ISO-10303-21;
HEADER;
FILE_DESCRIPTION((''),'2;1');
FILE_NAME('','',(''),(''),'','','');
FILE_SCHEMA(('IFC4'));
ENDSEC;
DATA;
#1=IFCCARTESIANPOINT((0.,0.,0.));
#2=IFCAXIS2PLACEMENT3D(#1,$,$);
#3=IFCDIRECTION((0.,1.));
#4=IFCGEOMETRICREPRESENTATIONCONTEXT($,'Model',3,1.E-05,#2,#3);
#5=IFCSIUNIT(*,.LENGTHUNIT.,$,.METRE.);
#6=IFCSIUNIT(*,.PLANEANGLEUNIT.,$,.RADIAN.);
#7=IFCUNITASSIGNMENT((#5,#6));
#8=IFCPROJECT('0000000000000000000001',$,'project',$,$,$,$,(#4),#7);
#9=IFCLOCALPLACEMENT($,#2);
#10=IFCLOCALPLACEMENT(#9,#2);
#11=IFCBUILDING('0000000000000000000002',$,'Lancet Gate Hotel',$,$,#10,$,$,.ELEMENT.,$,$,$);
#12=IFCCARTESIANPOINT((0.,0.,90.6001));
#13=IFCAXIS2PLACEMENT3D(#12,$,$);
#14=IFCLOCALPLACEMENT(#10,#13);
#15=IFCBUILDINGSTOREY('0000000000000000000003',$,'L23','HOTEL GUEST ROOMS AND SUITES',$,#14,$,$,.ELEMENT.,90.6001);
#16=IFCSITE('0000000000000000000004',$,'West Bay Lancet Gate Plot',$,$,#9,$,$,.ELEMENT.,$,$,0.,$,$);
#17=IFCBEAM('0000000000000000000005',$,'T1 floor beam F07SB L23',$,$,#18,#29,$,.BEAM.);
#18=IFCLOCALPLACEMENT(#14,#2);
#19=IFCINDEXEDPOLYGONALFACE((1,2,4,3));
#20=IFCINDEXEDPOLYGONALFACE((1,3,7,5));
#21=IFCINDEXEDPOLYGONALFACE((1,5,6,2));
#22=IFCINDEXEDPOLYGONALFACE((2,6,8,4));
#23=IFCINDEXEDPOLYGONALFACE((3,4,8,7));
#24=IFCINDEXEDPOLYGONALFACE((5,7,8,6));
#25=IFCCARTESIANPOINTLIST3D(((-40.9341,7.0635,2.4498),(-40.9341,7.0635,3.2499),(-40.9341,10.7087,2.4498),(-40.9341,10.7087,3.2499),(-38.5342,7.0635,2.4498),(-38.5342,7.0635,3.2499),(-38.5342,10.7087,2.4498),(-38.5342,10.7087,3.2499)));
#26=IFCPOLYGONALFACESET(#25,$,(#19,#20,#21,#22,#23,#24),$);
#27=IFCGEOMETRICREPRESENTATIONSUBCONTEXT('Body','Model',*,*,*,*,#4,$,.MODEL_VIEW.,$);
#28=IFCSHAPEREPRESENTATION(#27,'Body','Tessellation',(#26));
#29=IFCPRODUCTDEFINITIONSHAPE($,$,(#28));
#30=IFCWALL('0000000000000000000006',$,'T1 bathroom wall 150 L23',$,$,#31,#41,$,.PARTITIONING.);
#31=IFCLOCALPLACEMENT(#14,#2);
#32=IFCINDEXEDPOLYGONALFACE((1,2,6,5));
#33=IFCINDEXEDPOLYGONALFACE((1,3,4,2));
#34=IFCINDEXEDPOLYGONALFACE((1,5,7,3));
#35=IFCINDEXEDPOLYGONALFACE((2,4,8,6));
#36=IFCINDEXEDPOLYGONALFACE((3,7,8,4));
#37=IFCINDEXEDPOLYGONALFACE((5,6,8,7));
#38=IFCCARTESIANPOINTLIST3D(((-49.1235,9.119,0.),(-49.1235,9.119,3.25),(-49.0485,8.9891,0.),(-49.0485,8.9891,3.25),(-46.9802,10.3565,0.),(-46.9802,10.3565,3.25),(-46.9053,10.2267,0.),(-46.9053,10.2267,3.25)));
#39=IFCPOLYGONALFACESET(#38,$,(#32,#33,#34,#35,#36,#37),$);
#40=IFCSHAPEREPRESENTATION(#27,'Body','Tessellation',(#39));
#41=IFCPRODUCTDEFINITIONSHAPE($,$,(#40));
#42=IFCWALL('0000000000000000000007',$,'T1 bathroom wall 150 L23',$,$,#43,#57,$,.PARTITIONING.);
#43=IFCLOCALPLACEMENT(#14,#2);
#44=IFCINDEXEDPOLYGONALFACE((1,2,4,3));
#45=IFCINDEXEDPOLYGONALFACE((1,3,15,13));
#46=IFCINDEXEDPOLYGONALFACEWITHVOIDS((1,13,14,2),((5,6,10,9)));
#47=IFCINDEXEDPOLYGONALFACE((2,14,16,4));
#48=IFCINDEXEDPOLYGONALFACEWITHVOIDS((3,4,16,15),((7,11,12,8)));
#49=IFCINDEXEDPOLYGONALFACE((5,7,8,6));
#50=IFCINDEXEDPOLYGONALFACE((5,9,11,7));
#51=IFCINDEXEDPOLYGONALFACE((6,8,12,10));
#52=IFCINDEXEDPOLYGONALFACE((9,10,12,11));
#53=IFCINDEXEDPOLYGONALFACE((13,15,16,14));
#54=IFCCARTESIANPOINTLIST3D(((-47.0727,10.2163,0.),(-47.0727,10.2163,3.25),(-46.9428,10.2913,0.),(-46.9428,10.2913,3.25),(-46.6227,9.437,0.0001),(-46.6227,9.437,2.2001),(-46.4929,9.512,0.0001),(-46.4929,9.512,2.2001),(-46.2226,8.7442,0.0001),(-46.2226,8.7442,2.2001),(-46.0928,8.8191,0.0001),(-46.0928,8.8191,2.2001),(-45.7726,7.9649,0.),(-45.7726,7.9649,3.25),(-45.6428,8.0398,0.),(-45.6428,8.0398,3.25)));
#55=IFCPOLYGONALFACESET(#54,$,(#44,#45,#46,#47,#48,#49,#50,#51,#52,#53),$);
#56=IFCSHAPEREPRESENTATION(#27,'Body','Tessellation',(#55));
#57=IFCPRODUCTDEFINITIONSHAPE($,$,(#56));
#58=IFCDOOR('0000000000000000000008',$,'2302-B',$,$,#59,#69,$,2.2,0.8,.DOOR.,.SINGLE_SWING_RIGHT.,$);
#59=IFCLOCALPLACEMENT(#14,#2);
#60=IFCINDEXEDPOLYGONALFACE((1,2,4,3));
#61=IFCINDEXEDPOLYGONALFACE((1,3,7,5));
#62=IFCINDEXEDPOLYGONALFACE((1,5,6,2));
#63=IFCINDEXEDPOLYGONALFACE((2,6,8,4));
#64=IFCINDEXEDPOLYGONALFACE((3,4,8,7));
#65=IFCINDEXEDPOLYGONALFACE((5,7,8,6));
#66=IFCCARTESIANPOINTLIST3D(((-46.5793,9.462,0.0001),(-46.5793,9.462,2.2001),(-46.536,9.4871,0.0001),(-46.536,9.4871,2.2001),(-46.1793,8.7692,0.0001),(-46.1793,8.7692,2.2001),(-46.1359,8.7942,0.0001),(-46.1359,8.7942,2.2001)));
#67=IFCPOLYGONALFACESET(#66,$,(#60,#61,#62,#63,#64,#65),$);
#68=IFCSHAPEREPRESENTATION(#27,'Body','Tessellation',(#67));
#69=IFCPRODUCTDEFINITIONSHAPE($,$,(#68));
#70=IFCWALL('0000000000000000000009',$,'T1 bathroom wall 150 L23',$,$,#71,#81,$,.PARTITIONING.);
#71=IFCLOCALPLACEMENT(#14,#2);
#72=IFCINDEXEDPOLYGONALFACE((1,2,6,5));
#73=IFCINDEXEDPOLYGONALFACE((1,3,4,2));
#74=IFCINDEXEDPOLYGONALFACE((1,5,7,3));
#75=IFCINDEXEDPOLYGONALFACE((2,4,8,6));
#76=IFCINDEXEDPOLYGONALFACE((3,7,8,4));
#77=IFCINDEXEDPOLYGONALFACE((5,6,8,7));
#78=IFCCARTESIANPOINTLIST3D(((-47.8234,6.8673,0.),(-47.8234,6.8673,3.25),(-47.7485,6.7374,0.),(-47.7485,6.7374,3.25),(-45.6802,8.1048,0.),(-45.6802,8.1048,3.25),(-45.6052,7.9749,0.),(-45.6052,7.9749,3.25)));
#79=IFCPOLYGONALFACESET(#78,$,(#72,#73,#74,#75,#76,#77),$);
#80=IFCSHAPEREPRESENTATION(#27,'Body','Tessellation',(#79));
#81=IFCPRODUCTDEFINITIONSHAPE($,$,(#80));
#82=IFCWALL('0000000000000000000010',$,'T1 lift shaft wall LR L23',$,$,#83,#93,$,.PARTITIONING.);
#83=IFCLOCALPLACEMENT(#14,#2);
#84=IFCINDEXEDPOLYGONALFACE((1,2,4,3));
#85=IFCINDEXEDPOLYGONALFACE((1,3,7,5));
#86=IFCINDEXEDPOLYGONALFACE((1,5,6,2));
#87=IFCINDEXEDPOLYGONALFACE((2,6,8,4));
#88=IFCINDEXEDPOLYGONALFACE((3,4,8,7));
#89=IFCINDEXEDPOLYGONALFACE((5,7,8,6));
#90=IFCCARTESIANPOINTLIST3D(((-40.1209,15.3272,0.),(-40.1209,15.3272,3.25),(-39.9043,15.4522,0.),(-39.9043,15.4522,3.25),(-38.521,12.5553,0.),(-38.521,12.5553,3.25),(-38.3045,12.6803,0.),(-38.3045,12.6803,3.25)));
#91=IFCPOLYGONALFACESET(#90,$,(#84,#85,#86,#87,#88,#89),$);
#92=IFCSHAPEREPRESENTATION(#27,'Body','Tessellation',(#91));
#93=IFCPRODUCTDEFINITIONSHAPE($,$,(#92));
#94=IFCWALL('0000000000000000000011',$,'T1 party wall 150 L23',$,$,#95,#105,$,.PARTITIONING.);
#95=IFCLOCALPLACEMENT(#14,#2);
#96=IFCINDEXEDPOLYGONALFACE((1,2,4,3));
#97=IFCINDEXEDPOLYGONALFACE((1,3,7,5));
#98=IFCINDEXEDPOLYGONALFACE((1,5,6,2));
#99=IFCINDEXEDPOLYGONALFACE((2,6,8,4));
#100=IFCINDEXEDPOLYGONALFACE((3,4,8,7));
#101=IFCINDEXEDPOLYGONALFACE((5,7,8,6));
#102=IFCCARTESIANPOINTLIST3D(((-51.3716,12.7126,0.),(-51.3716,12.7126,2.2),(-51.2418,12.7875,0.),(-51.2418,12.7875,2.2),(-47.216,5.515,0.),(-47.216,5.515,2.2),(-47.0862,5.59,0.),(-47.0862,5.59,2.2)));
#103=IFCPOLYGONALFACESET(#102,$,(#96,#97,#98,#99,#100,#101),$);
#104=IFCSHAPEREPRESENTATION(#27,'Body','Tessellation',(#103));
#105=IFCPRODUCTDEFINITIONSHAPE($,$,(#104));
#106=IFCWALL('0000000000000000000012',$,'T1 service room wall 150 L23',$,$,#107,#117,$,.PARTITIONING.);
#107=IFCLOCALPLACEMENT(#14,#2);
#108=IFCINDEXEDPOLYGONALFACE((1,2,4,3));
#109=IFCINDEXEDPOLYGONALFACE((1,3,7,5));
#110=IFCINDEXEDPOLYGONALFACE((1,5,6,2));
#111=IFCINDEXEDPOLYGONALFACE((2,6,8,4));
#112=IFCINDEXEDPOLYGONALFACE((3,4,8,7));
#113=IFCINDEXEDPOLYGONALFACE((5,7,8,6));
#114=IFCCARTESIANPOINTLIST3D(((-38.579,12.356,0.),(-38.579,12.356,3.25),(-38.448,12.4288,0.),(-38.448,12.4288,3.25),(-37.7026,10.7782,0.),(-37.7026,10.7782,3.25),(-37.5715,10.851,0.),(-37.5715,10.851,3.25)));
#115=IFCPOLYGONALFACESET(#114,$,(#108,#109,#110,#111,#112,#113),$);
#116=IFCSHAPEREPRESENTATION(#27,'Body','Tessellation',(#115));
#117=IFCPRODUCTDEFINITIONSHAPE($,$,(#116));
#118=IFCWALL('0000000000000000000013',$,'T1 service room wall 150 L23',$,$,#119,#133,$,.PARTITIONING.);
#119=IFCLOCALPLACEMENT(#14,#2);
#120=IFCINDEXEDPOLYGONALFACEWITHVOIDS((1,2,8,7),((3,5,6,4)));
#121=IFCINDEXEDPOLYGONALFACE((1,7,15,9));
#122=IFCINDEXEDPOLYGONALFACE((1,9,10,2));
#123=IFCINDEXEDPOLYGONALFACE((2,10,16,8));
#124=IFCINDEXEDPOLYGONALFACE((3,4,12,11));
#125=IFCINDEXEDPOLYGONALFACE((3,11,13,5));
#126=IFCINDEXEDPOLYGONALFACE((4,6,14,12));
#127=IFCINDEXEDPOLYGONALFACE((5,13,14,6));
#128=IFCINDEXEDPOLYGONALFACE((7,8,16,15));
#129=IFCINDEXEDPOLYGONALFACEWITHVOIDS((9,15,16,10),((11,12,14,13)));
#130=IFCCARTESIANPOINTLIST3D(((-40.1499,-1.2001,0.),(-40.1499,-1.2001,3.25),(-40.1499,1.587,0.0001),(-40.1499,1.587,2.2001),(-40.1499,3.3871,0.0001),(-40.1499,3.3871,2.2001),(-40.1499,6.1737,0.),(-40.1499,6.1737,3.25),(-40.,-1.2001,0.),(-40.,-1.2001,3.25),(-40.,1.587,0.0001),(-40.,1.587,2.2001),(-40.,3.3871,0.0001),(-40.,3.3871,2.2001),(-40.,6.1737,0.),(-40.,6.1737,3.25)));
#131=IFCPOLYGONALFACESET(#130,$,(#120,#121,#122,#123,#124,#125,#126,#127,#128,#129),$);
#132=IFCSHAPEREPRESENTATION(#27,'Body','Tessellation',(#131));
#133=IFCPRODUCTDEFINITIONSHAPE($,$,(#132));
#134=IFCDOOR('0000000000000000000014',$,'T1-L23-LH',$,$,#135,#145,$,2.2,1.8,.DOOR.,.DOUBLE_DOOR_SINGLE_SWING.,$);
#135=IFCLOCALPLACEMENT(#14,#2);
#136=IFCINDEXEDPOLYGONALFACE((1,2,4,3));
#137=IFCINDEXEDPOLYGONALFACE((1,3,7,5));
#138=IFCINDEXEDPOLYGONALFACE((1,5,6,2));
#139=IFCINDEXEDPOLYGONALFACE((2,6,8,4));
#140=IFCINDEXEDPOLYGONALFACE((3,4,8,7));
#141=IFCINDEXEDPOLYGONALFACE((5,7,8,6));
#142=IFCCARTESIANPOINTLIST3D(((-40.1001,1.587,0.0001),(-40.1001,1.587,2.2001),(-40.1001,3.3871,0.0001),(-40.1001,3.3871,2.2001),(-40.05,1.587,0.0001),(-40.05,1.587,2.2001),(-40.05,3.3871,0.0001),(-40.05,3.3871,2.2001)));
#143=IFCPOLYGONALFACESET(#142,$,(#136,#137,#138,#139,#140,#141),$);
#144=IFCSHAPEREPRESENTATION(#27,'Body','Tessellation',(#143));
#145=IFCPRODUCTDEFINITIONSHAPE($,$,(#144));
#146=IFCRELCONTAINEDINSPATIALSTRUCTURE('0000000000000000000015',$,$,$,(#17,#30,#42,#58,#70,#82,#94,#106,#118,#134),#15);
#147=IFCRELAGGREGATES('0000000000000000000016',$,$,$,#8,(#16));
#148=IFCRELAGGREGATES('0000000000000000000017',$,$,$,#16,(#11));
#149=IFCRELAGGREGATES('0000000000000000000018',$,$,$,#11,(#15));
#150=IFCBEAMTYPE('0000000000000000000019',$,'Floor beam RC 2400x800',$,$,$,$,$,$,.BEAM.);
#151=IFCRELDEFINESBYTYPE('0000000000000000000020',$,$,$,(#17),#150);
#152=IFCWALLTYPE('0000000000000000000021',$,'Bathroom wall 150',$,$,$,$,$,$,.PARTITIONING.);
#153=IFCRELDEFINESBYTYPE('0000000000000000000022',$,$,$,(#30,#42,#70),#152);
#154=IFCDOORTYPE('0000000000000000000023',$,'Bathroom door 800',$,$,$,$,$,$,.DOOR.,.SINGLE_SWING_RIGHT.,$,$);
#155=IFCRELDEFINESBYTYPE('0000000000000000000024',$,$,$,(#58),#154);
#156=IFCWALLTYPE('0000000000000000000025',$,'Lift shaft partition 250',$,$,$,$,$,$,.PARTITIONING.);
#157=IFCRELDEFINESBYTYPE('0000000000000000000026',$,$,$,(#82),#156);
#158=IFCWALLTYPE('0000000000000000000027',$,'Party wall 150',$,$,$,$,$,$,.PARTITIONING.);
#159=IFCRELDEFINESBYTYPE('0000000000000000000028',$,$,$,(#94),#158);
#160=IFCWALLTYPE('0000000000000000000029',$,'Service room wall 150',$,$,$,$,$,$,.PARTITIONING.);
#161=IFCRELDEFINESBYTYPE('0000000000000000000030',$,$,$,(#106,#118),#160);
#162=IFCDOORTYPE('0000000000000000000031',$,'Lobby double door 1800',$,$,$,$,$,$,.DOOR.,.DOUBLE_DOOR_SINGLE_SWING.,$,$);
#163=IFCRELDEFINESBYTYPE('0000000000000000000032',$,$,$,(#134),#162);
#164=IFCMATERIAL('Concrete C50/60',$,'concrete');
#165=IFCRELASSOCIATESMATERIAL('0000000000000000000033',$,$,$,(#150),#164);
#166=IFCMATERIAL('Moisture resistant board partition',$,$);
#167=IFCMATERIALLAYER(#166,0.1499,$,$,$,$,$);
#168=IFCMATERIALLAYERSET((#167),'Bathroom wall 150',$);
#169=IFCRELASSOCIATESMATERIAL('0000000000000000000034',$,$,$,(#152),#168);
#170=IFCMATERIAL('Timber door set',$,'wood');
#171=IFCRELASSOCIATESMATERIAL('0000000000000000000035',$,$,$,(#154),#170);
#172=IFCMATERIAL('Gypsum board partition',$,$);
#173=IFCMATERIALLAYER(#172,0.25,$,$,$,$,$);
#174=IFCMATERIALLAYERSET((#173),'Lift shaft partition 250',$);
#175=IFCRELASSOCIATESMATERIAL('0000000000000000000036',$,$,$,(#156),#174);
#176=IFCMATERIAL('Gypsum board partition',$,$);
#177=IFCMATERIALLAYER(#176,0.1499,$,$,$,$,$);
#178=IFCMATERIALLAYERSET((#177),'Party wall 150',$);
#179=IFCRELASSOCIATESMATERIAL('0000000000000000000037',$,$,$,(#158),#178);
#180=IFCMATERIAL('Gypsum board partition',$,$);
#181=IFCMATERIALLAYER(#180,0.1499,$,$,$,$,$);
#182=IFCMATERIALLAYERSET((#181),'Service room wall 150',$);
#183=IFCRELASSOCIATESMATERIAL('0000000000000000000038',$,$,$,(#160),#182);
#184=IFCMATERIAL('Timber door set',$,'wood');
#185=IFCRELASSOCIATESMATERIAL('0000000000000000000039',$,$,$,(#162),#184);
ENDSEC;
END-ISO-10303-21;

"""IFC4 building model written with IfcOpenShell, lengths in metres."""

from ifc_helpers import new_model, si_unit, direction, frame, frame_2d, origin, origin_2d, place, context, subcontext, project, spatial, rectangle, extrude, material, layer, layer_set, material_profile, profile_set, type_object, element, fill, save


model = new_model("IFC4")

# Units and contexts
model_context = context("Model", 3, precision=1e-05, world=origin(), true_north=direction((0.0, 1.0)))
body_context = subcontext(model_context, "Body", "Model", "MODEL_VIEW")
ifc_project = project(units=[si_unit("LENGTHUNIT", "METRE"), si_unit("PLANEANGLEUNIT", "RADIAN")], contexts=[model_context])

# Site, building, storey
site_placement = place(None, origin())
site = spatial("IfcSite", under=ifc_project, at=site_placement, Name="West Bay Lancet Gate Plot", CompositionType="ELEMENT", RefElevation=0.0)
building_placement = place(site_placement, origin())
building = spatial("IfcBuilding", under=site, at=building_placement, Name="Lancet Gate Hotel", CompositionType="ELEMENT")
storey_placement = place(building_placement, frame((0.0, 0.0, 90.6001)))
storey = spatial("IfcBuildingStorey", under=building, at=storey_placement, Name="L23", Description="HOTEL GUEST ROOMS AND SUITES", CompositionType="ELEMENT", Elevation=90.6001)

# Beam
ifc_material_1 = material(Name="Concrete C50/60", Category="concrete")
ifc_material_profile_1 = material_profile(ifc_material_1, rectangle(XDim=2.3999, YDim=0.8, at=origin_2d()), Name="RC 2400x800")
ifc_profile_set_1 = profile_set([ifc_material_profile_1], Name="Concrete C50/60")
beam_type_1 = type_object("IfcBeamType", Name="Floor beam RC 2400x800", PredefinedType="BEAM", material=ifc_profile_set_1)
beam_1_placement = place(storey_placement, frame((-39.7341, 10.7087, 2.8499), z_axis=(0.0, -1.0, 0.0), x_axis=(1.0, 0.0, 0.0)))
element("IfcBeam", 1, at=beam_1_placement, inside=storey, type_object=beam_type_1, Name="T1 floor beam F07SB L23", PredefinedType="BEAM", context=body_context, shape_type="SweptSolid", body=[
    extrude(rectangle(XDim=2.3999, YDim=0.8, at=origin_2d()), origin(), (0.0, 0.0, 1.0), 3.6453),
])

# Wall
ifc_material_2 = material(Name="Moisture resistant board partition")
ifc_layer_1 = layer(ifc_material_2, 0.1499)
ifc_layer_set_1 = layer_set([ifc_layer_1], Name="Bathroom wall 150")
wall_type_1 = type_object("IfcWallType", Name="Bathroom wall 150", PredefinedType="PARTITIONING", material=ifc_layer_set_1)
wall_1_placement = place(storey_placement, frame((-46.9429, 10.2915, 0.0), z_axis=(0.0, 0.0, 1.0), x_axis=(-0.866007, -0.500033, 0.0)))
element("IfcWall", 2, at=wall_1_placement, inside=storey, type_object=wall_type_1, Name="T1 bathroom wall 150 L23", PredefinedType="PARTITIONING", context=body_context, shape_type="SweptSolid", body=[
    extrude(rectangle(XDim=2.4749, YDim=0.1499, at=frame_2d((1.2373, 0.0))), origin(), (0.0, 0.0, 1.0), 3.25),
])

# Wall, opening, door
wall_2_placement = place(storey_placement, frame((-45.7078, 8.0024, 0.0), z_axis=(0.0, 0.0, 1.0), x_axis=(-0.500048, 0.865998, 0.0)))
wall_2 = element("IfcWall", 3, at=wall_2_placement, inside=storey, type_object=wall_type_1, Name="T1 bathroom wall 150 L23", PredefinedType="PARTITIONING", context=body_context, shape_type="SweptSolid", body=[
    extrude(rectangle(XDim=2.5999, YDim=0.1499, at=frame_2d((1.2998, 0.0))), origin(), (0.0, 0.0, 1.0), 3.25),
])
opening_1_placement = place(wall_2_placement, frame((0.8999, 0.0, 0.0)))
opening_1 = element("IfcOpeningElement", 4, at=opening_1_placement, cuts=wall_2, PredefinedType="OPENING", context=body_context, shape_type="SweptSolid", body=[
    extrude(rectangle(XDim=0.8, YDim=2.2, at=frame_2d((0.3999, 1.1001))), frame((0.0, 0.085, 0.0), z_axis=(0.0, -1.0, 0.0), x_axis=(1.0, 0.0, 0.0)), (0.0, 0.0, 1.0), 0.1699),
])
ifc_material_3 = material(Name="Timber door set", Category="wood")
door_type_1 = type_object("IfcDoorType", Name="Bathroom door 800", OperationType="SINGLE_SWING_RIGHT", PredefinedType="DOOR", material=ifc_material_3)
door_1_placement = place(opening_1_placement, origin())
door_1 = element("IfcDoor", 5, at=door_1_placement, inside=storey, type_object=door_type_1, Name="2302-B", OperationType="SINGLE_SWING_RIGHT", OverallHeight=2.2, OverallWidth=0.8, PredefinedType="DOOR", context=body_context, shape_type="SweptSolid", body=[
    extrude(rectangle(XDim=0.8, YDim=2.2, at=frame_2d((0.3999, 1.1001))), frame((0.0, 0.0249, 0.0), z_axis=(0.0, -1.0, 0.0), x_axis=(1.0, 0.0, 0.0)), (0.0, 0.0, 1.0), 0.05),
])
fill(opening_1, door_1)

# Walls
wall_3_placement = place(storey_placement, frame((-45.6428, 8.0398, 0.0), z_axis=(0.0, 0.0, 1.0), x_axis=(-0.866007, -0.500033, 0.0)))
element("IfcWall", 6, at=wall_3_placement, inside=storey, type_object=wall_type_1, Name="T1 bathroom wall 150 L23", PredefinedType="PARTITIONING", context=body_context, shape_type="SweptSolid", body=[
    extrude(rectangle(XDim=2.4749, YDim=0.1499, at=frame_2d((1.2373, 0.0))), origin(), (0.0, 0.0, 1.0), 3.25),
])
ifc_material_4 = material(Name="Gypsum board partition")
ifc_layer_2 = layer(ifc_material_4, 0.25)
ifc_layer_set_2 = layer_set([ifc_layer_2], Name="Lift shaft partition 250")
wall_type_2 = type_object("IfcWallType", Name="Lift shaft partition 250", PredefinedType="PARTITIONING", material=ifc_layer_set_2)
wall_4_placement = place(storey_placement, frame((-38.4128, 12.6179, 0.0), z_axis=(0.0, 0.0, 1.0), x_axis=(-0.499872, 0.866099, 0.0)))
element("IfcWall", 7, at=wall_4_placement, inside=storey, type_object=wall_type_2, Name="T1 lift shaft wall LR L23", PredefinedType="PARTITIONING", context=body_context, shape_type="SweptSolid", body=[
    extrude(rectangle(XDim=3.2004, YDim=0.25, at=frame_2d((1.6001, 0.0))), origin(), (0.0, 0.0, 1.0), 3.25),
])
ifc_material_5 = material(Name="Gypsum board partition")
ifc_layer_3 = layer(ifc_material_5, 0.1499)
ifc_layer_set_3 = layer_set([ifc_layer_3], Name="Party wall 150")
wall_type_3 = type_object("IfcWallType", Name="Party wall 150", PredefinedType="PARTITIONING", material=ifc_layer_set_3)
wall_5_placement = place(storey_placement, frame((-47.1511, 5.5525, 0.0), z_axis=(0.0, 0.0, 1.0), x_axis=(-0.500003, 0.866024, 0.0)))
element("IfcWall", 8, at=wall_5_placement, inside=storey, type_object=wall_type_3, Name="T1 party wall 150 L23", PredefinedType="PARTITIONING", context=body_context, shape_type="SweptSolid", body=[
    extrude(rectangle(XDim=8.311, YDim=0.1499, at=frame_2d((4.1555, 0.0))), origin(), (0.0, 0.0, 1.0), 2.2),
])
ifc_material_6 = material(Name="Gypsum board partition")
ifc_layer_4 = layer(ifc_material_6, 0.1499)
ifc_layer_set_4 = layer_set([ifc_layer_4], Name="Service room wall 150")
wall_type_4 = type_object("IfcWallType", Name="Service room wall 150", PredefinedType="PARTITIONING", material=ifc_layer_set_4)
wall_6_placement = place(storey_placement, frame((-38.5134, 12.3923, 0.0), z_axis=(0.0, 0.0, 1.0), x_axis=(0.485586, -0.874189, 0.0)))
element("IfcWall", 9, at=wall_6_placement, inside=storey, type_object=wall_type_4, Name="T1 service room wall 150 L23", PredefinedType="PARTITIONING", context=body_context, shape_type="SweptSolid", body=[
    extrude(rectangle(XDim=1.8049, YDim=0.1499, at=frame_2d((0.9023, 0.0))), origin(), (0.0, 0.0, 1.0), 3.25),
])

# Wall, opening, door
wall_7_placement = place(storey_placement, frame((-40.075, 6.1738, 0.0), z_axis=(0.0, 0.0, 1.0), x_axis=(0.0, -1.0, 0.0)))
wall_7 = element("IfcWall", 10, at=wall_7_placement, inside=storey, type_object=wall_type_4, Name="T1 service room wall 150 L23", PredefinedType="PARTITIONING", context=body_context, shape_type="SweptSolid", body=[
    extrude(rectangle(XDim=7.3738, YDim=0.1499, at=frame_2d((3.687, 0.0))), origin(), (0.0, 0.0, 1.0), 3.25),
])
opening_2_placement = place(wall_7_placement, frame((2.7869, 0.0, 0.0)))
opening_2 = element("IfcOpeningElement", 11, at=opening_2_placement, cuts=wall_7, PredefinedType="OPENING", context=body_context, shape_type="SweptSolid", body=[
    extrude(rectangle(XDim=1.8, YDim=2.2, at=frame_2d((0.8999, 1.1001))), frame((0.0, 0.085, 0.0), z_axis=(0.0, -1.0, 0.0), x_axis=(1.0, 0.0, 0.0)), (0.0, 0.0, 1.0), 0.1699),
])
ifc_material_7 = material(Name="Timber door set", Category="wood")
door_type_2 = type_object("IfcDoorType", Name="Lobby double door 1800", OperationType="DOUBLE_DOOR_SINGLE_SWING", PredefinedType="DOOR", material=ifc_material_7)
door_2_placement = place(opening_2_placement, origin())
door_2 = element("IfcDoor", 12, at=door_2_placement, inside=storey, type_object=door_type_2, Name="T1-L23-LH", OperationType="DOUBLE_DOOR_SINGLE_SWING", OverallHeight=2.2, OverallWidth=1.8, PredefinedType="DOOR", context=body_context, shape_type="SweptSolid", body=[
    extrude(rectangle(XDim=1.8, YDim=2.2, at=frame_2d((0.8999, 1.1001))), frame((0.0, 0.0249, 0.0), z_axis=(0.0, -1.0, 0.0), x_axis=(1.0, 0.0, 0.0)), (0.0, 0.0, 1.0), 0.05),
])
fill(opening_2, door_2)

save(model, "model.ifc")
